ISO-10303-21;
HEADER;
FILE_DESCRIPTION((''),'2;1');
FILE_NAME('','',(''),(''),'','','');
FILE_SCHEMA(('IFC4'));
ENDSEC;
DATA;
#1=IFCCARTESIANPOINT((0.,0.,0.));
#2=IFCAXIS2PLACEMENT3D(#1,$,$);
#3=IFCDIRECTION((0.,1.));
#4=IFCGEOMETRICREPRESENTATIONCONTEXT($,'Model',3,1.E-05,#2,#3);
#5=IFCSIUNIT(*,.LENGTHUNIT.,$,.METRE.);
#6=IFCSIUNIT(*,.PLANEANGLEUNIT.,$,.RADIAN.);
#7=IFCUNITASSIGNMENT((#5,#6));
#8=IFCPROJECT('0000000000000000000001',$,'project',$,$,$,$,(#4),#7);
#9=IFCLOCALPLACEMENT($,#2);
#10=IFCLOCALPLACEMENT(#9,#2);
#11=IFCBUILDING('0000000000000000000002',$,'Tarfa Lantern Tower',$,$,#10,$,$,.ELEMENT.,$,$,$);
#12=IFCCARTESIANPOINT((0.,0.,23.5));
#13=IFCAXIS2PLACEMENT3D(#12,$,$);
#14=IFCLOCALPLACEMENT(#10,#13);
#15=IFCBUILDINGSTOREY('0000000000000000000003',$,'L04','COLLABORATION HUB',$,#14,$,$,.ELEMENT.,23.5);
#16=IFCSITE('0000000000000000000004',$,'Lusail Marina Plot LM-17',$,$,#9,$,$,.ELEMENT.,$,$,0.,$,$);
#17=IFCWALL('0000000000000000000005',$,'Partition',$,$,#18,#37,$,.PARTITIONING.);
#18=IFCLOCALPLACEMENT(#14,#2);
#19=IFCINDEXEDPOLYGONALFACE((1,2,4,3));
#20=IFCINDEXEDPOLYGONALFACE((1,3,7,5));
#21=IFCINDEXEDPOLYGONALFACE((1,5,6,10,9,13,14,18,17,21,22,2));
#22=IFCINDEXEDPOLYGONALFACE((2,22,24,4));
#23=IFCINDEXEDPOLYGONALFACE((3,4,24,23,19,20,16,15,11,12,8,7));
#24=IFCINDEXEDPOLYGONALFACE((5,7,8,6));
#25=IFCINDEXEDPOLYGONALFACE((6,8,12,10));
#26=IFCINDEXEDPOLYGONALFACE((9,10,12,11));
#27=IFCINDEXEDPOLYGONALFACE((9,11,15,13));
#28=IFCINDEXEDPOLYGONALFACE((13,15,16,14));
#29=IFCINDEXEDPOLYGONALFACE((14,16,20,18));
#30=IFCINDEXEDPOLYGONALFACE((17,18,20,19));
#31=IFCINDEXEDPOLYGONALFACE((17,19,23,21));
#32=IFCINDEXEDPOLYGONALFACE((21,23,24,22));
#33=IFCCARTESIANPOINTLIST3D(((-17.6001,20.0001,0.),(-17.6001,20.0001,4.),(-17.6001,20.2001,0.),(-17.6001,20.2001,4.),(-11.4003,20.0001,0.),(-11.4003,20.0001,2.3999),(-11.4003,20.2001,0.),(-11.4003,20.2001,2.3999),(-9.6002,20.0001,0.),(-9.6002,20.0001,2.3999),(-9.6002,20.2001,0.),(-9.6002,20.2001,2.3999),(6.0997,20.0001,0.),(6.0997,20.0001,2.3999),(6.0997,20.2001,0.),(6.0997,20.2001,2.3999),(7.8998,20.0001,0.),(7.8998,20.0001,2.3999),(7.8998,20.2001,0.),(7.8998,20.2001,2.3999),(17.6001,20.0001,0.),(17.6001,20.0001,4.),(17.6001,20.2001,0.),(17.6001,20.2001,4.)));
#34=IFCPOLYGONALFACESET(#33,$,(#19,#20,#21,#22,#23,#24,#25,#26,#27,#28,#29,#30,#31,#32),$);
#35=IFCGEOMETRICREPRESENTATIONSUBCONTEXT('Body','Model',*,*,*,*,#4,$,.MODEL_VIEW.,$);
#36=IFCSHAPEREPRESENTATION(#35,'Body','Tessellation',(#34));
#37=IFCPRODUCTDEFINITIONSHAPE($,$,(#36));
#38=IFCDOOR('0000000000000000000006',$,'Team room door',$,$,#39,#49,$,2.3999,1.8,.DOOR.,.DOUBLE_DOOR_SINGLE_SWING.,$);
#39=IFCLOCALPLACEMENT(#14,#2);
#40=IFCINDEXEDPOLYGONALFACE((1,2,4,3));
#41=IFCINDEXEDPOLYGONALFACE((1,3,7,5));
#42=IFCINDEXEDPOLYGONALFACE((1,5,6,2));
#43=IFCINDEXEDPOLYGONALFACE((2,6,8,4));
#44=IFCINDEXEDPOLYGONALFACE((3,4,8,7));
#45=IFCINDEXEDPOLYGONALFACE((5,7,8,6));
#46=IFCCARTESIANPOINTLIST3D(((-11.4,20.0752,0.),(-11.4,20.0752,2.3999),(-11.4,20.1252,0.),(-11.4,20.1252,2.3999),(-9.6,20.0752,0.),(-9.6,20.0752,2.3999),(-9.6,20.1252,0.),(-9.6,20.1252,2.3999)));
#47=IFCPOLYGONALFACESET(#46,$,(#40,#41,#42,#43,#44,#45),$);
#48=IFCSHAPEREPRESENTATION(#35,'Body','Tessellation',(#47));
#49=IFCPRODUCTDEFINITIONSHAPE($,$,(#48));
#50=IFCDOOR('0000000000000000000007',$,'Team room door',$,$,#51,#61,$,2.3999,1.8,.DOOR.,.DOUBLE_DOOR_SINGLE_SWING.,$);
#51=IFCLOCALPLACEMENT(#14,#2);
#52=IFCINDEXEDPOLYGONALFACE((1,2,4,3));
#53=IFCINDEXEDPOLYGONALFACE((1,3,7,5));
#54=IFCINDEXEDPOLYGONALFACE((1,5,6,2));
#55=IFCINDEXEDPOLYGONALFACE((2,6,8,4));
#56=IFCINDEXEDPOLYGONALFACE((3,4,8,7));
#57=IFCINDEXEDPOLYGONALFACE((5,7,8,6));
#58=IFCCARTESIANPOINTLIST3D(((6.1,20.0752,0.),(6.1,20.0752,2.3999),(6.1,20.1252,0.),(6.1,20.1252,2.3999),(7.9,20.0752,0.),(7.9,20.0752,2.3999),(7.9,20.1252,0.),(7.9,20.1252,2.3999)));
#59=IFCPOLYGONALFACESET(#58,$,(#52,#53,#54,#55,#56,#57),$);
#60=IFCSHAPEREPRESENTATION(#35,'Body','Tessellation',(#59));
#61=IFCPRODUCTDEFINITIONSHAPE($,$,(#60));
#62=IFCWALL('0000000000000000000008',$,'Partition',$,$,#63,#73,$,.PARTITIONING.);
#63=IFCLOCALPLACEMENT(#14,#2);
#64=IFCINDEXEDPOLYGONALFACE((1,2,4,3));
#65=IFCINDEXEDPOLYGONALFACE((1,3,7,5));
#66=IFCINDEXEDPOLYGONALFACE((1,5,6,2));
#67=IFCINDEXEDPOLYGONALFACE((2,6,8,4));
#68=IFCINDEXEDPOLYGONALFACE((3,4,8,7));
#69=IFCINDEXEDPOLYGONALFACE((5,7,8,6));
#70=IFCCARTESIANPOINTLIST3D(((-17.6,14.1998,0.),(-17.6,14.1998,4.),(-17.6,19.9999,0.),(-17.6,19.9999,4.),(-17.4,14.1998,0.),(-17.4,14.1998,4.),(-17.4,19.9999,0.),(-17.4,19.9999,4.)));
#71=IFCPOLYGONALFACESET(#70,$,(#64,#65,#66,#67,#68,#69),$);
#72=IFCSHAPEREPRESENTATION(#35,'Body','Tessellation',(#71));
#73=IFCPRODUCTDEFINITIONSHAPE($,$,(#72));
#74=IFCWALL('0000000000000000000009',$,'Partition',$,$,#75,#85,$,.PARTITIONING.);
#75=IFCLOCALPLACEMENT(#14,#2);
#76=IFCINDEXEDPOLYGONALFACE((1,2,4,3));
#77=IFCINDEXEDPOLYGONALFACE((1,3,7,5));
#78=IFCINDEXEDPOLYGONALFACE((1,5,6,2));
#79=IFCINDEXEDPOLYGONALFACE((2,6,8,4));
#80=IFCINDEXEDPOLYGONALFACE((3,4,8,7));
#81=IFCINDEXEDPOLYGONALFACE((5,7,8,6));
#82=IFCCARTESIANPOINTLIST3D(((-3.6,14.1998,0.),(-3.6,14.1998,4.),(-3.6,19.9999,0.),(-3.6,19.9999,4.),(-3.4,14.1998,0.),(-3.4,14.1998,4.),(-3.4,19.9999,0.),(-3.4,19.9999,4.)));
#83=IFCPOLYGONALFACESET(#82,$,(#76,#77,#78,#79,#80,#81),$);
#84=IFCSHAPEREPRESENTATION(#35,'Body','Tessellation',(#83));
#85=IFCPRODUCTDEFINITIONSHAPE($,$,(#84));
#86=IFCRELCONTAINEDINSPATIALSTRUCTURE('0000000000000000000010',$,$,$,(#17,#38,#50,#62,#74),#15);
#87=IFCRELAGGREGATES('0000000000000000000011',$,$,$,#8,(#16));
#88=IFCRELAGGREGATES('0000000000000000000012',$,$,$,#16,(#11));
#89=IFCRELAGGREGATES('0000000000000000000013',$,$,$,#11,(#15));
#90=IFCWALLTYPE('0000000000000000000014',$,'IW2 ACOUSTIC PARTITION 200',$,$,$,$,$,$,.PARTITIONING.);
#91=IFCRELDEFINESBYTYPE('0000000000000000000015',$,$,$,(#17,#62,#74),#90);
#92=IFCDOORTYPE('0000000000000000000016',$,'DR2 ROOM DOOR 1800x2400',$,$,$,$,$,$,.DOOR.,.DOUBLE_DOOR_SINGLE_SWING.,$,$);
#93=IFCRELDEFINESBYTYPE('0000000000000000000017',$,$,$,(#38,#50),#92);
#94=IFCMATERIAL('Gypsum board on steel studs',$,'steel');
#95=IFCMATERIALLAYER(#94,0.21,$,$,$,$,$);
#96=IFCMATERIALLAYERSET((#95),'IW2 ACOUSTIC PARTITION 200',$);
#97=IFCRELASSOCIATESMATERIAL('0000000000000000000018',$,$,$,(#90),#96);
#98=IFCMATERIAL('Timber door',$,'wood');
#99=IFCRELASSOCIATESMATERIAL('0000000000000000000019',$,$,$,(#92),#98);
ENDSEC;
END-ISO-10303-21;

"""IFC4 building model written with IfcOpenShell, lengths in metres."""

from ifc_helpers import new_model, si_unit, direction, frame, frame_2d, origin, place, context, subcontext, project, spatial, rectangle, extrude, material, layer, layer_set, type_object, element, fill, save


model = new_model("IFC4")

# Units and contexts
model_context = context("Model", 3, precision=1e-05, world=origin(), true_north=direction((0.0, 1.0)))
body_context = subcontext(model_context, "Body", "Model", "MODEL_VIEW")
ifc_project = project(units=[si_unit("LENGTHUNIT", "METRE"), si_unit("PLANEANGLEUNIT", "RADIAN")], contexts=[model_context])

# Site, building, storey
site_placement = place(None, origin())
site = spatial("IfcSite", under=ifc_project, at=site_placement, Name="Lusail Marina Plot LM-17", CompositionType="ELEMENT", RefElevation=0.0)
building_placement = place(site_placement, origin())
building = spatial("IfcBuilding", under=site, at=building_placement, Name="Tarfa Lantern Tower", CompositionType="ELEMENT")
storey_placement = place(building_placement, frame((0.0, 0.0, 23.5)))
storey = spatial("IfcBuildingStorey", under=building, at=storey_placement, Name="L04", Description="COLLABORATION HUB", CompositionType="ELEMENT", Elevation=23.5)

# Wall, openings, doors
ifc_material_1 = material(Name="Gypsum board on steel studs", Category="steel")
ifc_layer_1 = layer(ifc_material_1, 0.21)
ifc_layer_set_1 = layer_set([ifc_layer_1], Name="IW2 ACOUSTIC PARTITION 200")
wall_type = type_object("IfcWallType", Name="IW2 ACOUSTIC PARTITION 200", PredefinedType="PARTITIONING", material=ifc_layer_set_1)
wall_placement = place(storey_placement, frame((-17.6001, 20.1001, 0.0), z_axis=(0.0, 0.0, 1.0), x_axis=(1.0, 0.0, 0.0)))
wall = element("IfcWall", 1, at=wall_placement, inside=storey, type_object=wall_type, Name="Partition", PredefinedType="PARTITIONING", context=body_context, shape_type="SweptSolid", body=[
    extrude(rectangle(XDim=35.2002, YDim=0.2, at=frame_2d((17.6001, 0.0))), origin(), (0.0, 0.0, 1.0), 4.0),
])
opening_1_placement = place(wall_placement, frame((6.2, 0.0, 0.0)))
opening_1 = element("IfcOpeningElement", 2, at=opening_1_placement, cuts=wall, PredefinedType="OPENING", context=body_context, shape_type="SweptSolid", body=[
    extrude(rectangle(XDim=1.8, YDim=2.3999, at=frame_2d((0.8999, 1.2))), frame((0.0, 0.1099, 0.0), z_axis=(0.0, -1.0, 0.0), x_axis=(1.0, 0.0, 0.0)), (0.0, 0.0, 1.0), 0.22),
])
opening_2_placement = place(wall_placement, frame((23.7, 0.0, 0.0)))
opening_2 = element("IfcOpeningElement", 3, at=opening_2_placement, cuts=wall, PredefinedType="OPENING", context=body_context, shape_type="SweptSolid", body=[
    extrude(rectangle(XDim=1.8, YDim=2.3999, at=frame_2d((0.8999, 1.2))), frame((0.0, 0.1099, 0.0), z_axis=(0.0, -1.0, 0.0), x_axis=(1.0, 0.0, 0.0)), (0.0, 0.0, 1.0), 0.22),
])
ifc_material_2 = material(Name="Timber door", Category="wood")
door_type = type_object("IfcDoorType", Name="DR2 ROOM DOOR 1800x2400", OperationType="DOUBLE_DOOR_SINGLE_SWING", PredefinedType="DOOR", material=ifc_material_2)
door_1_placement = place(opening_1_placement, frame((1.8, 0.0, 0.0), z_axis=(0.0, 0.0, 1.0), x_axis=(-1.0, 0.0, 0.0)))
door_1 = element("IfcDoor", 4, at=door_1_placement, inside=storey, type_object=door_type, Name="Team room door", OperationType="DOUBLE_DOOR_SINGLE_SWING", OverallHeight=2.3999, OverallWidth=1.8, PredefinedType="DOOR", context=body_context, shape_type="SweptSolid", body=[
    extrude(rectangle(XDim=1.8, YDim=2.3999, at=frame_2d((0.8999, 1.2))), frame((0.0, 0.0249, 0.0), z_axis=(0.0, -1.0, 0.0), x_axis=(1.0, 0.0, 0.0)), (0.0, 0.0, 1.0), 0.05),
])
fill(opening_1, door_1)
door_2_placement = place(opening_2_placement, frame((1.8, 0.0, 0.0), z_axis=(0.0, 0.0, 1.0), x_axis=(-1.0, 0.0, 0.0)))
door_2 = element("IfcDoor", 5, at=door_2_placement, inside=storey, type_object=door_type, Name="Team room door", OperationType="DOUBLE_DOOR_SINGLE_SWING", OverallHeight=2.3999, OverallWidth=1.8, PredefinedType="DOOR", context=body_context, shape_type="SweptSolid", body=[
    extrude(rectangle(XDim=1.8, YDim=2.3999, at=frame_2d((0.8999, 1.2))), frame((0.0, 0.0249, 0.0), z_axis=(0.0, -1.0, 0.0), x_axis=(1.0, 0.0, 0.0)), (0.0, 0.0, 1.0), 0.05),
])
fill(opening_2, door_2)

# Walls
for number, where, z_axis, x_axis, name in (
    (6, (-17.5, 14.2, 0.0), (0.0, 0.0, 1.0), (0.0, 1.0, 0.0), "Partition"),
    (7, (-3.5, 14.2, 0.0), (0.0, 0.0, 1.0), (0.0, 1.0, 0.0), "Partition"),
):
    element("IfcWall", number, at=place(storey_placement, frame(where, z_axis=z_axis, x_axis=x_axis)), inside=storey, type_object=wall_type, Name=name, PredefinedType="PARTITIONING", context=body_context, shape_type="SweptSolid", body=[
        extrude(rectangle(XDim=5.8, YDim=0.2, at=frame_2d((2.8999, 0.0))), origin(), (0.0, 0.0, 1.0), 4.0),
    ])

save(model, "model.ifc")
